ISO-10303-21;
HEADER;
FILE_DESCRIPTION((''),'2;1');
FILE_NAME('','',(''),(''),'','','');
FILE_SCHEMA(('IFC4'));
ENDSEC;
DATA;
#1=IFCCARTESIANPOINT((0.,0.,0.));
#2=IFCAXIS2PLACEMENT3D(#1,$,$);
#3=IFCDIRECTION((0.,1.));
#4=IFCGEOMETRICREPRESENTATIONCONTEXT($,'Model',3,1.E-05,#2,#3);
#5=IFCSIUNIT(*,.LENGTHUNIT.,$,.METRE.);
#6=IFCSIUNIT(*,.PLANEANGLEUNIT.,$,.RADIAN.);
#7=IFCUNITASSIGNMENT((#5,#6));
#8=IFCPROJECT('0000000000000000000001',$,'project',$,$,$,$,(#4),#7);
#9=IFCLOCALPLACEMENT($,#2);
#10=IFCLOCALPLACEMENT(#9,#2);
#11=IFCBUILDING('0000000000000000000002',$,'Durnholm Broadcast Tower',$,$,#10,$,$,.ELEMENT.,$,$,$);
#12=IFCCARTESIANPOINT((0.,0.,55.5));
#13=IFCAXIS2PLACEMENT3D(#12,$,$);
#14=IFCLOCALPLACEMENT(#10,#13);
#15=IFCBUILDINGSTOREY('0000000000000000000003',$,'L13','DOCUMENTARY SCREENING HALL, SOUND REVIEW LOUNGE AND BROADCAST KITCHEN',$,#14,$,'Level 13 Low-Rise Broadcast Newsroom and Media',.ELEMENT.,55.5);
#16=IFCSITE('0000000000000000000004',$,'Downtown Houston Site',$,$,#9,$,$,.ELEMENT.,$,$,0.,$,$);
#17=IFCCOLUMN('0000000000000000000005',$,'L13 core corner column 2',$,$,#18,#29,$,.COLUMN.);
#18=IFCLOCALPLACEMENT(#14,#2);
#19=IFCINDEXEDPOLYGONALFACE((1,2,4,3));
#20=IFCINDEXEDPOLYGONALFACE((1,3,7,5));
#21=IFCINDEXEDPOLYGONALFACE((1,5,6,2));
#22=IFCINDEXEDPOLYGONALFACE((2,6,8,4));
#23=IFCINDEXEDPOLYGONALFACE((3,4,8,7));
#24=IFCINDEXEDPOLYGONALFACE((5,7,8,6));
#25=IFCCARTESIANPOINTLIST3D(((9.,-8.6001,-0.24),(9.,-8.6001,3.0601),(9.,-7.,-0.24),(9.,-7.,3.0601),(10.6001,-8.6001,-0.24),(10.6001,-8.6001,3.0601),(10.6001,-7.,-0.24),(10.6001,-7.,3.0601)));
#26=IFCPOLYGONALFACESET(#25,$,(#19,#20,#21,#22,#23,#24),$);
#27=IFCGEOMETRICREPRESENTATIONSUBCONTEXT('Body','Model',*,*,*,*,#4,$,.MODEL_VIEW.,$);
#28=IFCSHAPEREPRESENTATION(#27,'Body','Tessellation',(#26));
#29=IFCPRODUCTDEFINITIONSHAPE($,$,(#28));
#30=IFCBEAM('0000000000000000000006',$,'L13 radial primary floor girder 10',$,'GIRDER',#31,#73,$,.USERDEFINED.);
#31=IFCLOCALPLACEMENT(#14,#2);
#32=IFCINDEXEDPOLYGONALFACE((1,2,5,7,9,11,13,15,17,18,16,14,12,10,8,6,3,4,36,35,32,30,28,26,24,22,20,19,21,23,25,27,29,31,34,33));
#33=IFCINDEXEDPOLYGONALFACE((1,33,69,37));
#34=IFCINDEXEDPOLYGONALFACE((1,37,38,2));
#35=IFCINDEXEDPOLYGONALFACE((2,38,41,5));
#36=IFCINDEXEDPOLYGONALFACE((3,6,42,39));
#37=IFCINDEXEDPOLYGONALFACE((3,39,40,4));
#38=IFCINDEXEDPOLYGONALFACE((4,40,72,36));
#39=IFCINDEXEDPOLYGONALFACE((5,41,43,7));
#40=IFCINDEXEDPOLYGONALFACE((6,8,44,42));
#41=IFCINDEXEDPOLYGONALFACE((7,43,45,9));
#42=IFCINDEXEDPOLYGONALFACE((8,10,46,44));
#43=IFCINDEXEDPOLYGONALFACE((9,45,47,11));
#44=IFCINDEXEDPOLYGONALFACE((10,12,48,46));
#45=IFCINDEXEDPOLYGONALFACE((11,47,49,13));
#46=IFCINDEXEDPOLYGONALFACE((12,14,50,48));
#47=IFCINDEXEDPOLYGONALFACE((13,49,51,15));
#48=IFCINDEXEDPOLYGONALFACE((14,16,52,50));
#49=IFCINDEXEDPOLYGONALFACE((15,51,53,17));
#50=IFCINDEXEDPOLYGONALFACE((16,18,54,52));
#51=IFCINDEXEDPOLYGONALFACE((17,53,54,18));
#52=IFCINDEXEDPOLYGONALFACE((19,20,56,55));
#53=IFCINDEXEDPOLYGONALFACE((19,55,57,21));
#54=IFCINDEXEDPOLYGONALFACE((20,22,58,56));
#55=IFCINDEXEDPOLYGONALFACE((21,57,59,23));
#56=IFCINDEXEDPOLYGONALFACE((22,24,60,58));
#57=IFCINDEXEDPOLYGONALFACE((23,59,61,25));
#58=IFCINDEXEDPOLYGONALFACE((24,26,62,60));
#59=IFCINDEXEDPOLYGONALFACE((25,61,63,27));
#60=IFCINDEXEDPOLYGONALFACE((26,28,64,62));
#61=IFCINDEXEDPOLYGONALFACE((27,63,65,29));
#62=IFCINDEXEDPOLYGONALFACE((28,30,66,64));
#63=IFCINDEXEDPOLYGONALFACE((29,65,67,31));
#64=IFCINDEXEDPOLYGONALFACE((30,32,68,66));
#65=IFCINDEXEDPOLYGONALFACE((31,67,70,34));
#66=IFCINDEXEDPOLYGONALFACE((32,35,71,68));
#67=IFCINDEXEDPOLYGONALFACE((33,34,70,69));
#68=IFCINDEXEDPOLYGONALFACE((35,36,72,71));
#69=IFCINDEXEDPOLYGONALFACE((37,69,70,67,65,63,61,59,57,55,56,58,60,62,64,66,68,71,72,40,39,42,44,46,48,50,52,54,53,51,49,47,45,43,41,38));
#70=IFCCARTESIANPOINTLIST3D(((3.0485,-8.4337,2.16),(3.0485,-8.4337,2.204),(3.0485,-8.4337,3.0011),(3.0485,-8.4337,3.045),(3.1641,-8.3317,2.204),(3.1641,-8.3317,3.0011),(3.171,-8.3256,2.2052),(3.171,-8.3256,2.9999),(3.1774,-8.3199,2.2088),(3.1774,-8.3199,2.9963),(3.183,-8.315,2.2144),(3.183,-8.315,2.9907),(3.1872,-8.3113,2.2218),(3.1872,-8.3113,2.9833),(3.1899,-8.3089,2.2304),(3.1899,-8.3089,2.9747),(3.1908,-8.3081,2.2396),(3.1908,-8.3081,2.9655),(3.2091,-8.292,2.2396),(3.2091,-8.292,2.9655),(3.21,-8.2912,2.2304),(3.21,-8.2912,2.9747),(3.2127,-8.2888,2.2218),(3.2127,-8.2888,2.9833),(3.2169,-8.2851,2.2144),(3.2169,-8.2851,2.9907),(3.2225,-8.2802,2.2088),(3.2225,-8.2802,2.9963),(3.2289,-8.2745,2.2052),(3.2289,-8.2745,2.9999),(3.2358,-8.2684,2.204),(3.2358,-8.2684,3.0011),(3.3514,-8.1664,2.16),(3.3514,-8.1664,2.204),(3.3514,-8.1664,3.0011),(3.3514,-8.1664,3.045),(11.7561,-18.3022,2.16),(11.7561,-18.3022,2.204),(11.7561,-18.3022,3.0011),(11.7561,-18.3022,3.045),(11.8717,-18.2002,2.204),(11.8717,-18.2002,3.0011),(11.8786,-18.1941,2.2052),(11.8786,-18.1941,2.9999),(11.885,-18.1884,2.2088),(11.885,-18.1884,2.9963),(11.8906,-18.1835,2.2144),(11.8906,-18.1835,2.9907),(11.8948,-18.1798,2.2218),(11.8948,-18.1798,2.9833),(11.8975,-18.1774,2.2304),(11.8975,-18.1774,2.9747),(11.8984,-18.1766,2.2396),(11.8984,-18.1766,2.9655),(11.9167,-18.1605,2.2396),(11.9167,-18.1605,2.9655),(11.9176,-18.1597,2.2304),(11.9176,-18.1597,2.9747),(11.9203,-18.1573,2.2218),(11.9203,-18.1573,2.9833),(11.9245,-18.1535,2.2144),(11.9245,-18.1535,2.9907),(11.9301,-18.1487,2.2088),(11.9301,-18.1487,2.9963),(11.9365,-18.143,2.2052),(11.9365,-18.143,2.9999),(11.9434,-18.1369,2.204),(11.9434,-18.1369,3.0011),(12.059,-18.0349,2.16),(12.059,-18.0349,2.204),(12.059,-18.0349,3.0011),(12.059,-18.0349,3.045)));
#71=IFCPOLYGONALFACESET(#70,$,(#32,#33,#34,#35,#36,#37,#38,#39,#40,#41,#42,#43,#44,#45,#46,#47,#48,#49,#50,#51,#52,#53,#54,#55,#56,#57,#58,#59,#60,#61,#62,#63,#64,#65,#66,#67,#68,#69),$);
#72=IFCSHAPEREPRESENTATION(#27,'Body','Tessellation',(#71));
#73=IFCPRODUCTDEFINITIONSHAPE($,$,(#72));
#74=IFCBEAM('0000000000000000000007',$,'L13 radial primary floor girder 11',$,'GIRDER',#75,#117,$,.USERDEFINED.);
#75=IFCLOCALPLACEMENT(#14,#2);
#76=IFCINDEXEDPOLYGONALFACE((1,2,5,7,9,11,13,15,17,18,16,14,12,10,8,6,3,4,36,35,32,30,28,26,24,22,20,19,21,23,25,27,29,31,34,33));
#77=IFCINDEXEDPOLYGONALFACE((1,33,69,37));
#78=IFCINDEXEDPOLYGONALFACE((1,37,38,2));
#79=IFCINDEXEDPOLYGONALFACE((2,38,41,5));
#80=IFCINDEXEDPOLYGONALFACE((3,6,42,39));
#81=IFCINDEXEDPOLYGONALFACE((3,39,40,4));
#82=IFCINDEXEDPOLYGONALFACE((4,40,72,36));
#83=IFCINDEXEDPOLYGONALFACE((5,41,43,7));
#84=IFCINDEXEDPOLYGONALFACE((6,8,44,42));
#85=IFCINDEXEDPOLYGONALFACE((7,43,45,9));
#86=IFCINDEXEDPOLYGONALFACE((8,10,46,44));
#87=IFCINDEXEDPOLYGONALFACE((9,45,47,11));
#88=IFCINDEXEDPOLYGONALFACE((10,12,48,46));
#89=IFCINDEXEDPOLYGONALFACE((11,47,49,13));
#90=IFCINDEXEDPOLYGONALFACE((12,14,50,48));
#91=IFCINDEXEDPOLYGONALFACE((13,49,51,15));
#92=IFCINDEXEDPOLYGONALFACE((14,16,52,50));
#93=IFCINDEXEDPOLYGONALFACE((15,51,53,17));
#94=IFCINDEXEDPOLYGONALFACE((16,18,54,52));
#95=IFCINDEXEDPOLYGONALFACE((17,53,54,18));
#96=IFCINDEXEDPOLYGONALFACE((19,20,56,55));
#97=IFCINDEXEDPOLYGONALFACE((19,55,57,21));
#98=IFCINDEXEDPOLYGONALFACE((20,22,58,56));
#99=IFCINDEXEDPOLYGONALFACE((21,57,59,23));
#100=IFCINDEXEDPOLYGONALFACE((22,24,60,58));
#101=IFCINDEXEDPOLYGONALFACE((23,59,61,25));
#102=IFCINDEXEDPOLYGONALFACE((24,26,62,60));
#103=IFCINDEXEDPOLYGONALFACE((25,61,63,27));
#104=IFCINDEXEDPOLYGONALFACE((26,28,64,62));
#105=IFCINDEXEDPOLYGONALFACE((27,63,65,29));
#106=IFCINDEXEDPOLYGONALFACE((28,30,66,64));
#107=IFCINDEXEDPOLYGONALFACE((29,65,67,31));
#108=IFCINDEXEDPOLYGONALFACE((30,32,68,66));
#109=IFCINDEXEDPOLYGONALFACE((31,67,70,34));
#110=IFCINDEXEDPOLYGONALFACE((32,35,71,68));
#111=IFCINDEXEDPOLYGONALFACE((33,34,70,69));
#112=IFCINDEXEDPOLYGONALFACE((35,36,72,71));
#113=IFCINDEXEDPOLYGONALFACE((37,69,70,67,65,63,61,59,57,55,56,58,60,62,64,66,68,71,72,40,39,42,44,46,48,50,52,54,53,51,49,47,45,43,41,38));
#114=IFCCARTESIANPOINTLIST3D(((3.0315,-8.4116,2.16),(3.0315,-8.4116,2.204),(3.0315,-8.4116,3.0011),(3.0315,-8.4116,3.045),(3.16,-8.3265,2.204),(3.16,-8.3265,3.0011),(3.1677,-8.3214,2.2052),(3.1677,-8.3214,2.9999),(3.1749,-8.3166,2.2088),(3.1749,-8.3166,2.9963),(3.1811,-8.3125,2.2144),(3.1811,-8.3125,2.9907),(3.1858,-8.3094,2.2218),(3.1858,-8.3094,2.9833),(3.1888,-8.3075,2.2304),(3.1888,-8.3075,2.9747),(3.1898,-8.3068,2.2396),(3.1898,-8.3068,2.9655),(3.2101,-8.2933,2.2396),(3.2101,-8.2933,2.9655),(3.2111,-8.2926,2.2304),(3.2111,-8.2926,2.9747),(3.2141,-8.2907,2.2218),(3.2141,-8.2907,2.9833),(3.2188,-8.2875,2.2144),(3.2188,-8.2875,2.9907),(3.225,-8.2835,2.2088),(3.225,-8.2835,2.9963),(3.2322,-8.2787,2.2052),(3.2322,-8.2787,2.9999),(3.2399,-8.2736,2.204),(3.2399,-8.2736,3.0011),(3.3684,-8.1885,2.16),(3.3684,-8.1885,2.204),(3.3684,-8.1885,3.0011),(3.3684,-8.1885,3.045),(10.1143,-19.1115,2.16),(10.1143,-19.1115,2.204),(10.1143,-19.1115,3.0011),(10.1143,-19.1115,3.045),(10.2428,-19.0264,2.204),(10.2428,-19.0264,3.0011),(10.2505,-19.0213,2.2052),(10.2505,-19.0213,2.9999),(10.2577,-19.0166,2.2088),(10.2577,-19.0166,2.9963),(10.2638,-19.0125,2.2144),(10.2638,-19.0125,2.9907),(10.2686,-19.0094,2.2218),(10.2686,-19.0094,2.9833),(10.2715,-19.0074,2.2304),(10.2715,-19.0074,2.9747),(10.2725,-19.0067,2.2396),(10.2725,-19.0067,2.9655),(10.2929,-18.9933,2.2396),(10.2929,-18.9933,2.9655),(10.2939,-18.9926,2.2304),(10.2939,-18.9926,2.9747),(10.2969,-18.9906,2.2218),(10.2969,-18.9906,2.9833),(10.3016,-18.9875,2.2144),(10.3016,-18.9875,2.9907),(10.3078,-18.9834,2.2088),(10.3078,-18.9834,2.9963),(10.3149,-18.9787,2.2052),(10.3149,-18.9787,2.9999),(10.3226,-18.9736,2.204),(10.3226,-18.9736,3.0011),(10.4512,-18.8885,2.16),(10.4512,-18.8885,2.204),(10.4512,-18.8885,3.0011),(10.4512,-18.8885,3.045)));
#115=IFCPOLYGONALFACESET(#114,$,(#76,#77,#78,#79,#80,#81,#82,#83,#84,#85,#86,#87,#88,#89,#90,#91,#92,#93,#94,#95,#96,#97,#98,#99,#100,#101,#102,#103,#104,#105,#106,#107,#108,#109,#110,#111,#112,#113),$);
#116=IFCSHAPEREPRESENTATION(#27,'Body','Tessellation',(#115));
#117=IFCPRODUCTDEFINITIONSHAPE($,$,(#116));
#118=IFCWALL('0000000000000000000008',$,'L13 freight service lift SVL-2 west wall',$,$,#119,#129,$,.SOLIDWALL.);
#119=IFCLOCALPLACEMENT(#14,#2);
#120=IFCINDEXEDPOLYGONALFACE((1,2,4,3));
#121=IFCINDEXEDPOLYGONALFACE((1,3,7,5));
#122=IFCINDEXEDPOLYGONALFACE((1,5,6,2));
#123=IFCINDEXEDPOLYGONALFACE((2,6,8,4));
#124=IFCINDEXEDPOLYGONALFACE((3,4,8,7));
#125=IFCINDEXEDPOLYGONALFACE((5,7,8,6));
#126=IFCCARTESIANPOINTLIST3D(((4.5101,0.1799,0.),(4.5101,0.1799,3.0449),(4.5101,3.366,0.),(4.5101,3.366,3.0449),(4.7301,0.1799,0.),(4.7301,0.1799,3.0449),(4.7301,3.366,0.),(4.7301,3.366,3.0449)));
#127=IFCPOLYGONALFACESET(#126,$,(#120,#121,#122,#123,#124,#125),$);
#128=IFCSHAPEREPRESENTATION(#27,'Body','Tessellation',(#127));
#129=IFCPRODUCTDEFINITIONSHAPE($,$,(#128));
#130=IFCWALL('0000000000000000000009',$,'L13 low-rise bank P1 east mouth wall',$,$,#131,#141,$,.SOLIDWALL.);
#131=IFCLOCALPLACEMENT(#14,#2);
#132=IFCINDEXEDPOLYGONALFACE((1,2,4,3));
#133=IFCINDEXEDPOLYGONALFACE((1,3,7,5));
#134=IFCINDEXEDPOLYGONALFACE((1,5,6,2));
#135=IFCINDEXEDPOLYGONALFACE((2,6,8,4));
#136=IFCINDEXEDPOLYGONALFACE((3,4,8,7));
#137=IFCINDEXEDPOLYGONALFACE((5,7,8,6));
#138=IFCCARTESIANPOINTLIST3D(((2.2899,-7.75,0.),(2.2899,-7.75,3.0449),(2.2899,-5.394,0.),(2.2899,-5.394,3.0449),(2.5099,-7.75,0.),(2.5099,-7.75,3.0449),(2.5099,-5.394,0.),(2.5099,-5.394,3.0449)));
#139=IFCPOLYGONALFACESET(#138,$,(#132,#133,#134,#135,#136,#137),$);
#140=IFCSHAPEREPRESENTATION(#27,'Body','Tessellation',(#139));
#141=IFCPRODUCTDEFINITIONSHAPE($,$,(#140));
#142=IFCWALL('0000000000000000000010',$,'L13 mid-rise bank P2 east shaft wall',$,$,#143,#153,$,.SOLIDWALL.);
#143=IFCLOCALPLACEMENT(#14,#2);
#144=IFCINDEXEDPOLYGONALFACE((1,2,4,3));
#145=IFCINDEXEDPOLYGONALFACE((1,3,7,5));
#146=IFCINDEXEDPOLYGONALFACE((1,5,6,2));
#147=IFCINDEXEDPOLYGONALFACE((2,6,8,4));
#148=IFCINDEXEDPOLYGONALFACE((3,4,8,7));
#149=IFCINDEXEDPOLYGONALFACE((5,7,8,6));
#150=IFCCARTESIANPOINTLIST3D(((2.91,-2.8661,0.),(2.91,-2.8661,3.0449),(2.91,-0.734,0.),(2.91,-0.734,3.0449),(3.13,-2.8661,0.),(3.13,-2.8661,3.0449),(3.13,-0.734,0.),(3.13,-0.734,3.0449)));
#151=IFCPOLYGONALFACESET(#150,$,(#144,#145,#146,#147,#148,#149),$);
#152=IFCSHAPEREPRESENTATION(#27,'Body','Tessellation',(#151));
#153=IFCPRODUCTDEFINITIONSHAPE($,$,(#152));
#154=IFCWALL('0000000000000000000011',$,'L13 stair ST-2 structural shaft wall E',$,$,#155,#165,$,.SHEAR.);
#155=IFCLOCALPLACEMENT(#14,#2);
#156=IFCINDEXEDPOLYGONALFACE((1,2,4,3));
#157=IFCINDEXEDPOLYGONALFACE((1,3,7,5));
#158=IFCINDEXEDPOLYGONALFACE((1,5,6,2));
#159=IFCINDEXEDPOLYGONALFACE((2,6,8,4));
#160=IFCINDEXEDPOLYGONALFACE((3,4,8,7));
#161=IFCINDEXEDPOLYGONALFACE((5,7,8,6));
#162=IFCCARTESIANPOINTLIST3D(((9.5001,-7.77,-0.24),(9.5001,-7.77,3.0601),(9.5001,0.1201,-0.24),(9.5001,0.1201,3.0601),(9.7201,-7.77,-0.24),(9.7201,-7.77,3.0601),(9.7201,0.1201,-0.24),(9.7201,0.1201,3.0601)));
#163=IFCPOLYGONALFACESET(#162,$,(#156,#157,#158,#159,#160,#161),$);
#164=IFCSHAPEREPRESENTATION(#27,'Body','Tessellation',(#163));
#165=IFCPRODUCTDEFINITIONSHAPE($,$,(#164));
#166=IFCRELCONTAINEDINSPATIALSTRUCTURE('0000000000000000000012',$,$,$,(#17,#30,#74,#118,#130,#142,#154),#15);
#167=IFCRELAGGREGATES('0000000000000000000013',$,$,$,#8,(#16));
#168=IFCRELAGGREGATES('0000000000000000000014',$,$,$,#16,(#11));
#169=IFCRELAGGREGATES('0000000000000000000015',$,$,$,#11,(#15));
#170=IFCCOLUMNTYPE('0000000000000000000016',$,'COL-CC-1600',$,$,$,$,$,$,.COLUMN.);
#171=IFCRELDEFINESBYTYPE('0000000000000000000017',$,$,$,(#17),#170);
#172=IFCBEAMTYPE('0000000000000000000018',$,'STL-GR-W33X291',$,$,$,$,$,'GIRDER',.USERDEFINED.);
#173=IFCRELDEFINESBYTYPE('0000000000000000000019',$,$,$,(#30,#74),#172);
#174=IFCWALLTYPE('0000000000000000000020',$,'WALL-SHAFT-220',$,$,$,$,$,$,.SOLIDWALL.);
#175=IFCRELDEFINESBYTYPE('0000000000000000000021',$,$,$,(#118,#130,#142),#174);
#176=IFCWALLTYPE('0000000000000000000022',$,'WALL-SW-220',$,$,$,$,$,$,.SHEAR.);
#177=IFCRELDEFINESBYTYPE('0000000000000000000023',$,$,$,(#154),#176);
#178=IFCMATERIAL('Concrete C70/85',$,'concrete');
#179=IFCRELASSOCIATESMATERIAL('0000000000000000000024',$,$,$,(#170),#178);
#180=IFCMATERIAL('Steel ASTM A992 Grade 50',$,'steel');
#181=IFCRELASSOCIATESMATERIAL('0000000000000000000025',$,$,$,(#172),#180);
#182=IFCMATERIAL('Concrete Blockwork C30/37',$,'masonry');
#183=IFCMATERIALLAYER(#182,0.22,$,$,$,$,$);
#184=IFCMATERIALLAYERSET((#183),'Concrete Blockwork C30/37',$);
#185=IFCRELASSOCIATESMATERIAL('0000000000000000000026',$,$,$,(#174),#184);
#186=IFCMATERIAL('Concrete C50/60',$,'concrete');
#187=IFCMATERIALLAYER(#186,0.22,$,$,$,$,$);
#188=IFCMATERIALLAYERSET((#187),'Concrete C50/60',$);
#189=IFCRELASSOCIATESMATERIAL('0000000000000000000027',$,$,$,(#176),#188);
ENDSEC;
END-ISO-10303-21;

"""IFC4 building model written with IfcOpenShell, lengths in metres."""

from ifc_helpers import new_model, si_unit, direction, frame, frame_2d, origin, origin_2d, place, context, subcontext, project, spatial, rectangle, i_section, extrude, source, transform, mapped, material, layer, layer_set, material_profile, profile_set, type_object, type_shapes, element, save


model = new_model("IFC4")

# Units and contexts
model_context = context("Model", 3, precision=1e-05, world=origin(), true_north=direction((0.0, 1.0)))
body_context = subcontext(model_context, "Body", "Model", "MODEL_VIEW")
ifc_project = project(units=[si_unit("LENGTHUNIT", "METRE"), si_unit("PLANEANGLEUNIT", "RADIAN")], contexts=[model_context])

# Site, building, storey
site_placement = place(None, origin())
site = spatial("IfcSite", under=ifc_project, at=site_placement, Name="Downtown Houston Site", CompositionType="ELEMENT", RefElevation=0.0)
building_placement = place(site_placement, origin())
building = spatial("IfcBuilding", under=site, at=building_placement, Name="Durnholm Broadcast Tower", CompositionType="ELEMENT")
storey_placement = place(building_placement, frame((0.0, 0.0, 55.5)))
storey = spatial("IfcBuildingStorey", under=building, at=storey_placement, Name="L13", Description="DOCUMENTARY SCREENING HALL, SOUND REVIEW LOUNGE AND BROADCAST KITCHEN", LongName="Level 13 Low-Rise Broadcast Newsroom and Media", CompositionType="ELEMENT", Elevation=55.5)

# Column
ifc_material_1 = material(Name="Concrete C70/85", Category="concrete")
ifc_material_profile_1 = material_profile(ifc_material_1, rectangle(XDim=1.6001, YDim=1.6001, at=origin_2d()), Name="RC1600X1600")
ifc_profile_set_1 = profile_set([ifc_material_profile_1], Name="Concrete C70/85")
column_type = type_object("IfcColumnType", Name="COL-CC-1600", PredefinedType="COLUMN", material=ifc_profile_set_1)
shared_shape_1 = source(origin(), body_context, "Body", "SweptSolid", [
    extrude(rectangle(XDim=1.6001, YDim=1.6001, at=origin_2d()), origin(), (0.0, 0.0, 1.0), 3.3),
])
type_shapes(column_type, [shared_shape_1])
column_placement = place(storey_placement, frame((9.8, -7.8, -0.24), z_axis=(0.0, 0.0, 1.0), x_axis=(1.0, 0.0, 0.0)))
element("IfcColumn", 1, at=column_placement, inside=storey, type_object=column_type, Name="L13 core corner column 2", PredefinedType="COLUMN", context=body_context, shape_type="MappedRepresentation", body=[
    mapped(shared_shape_1, transform((0.0, 0.0, 0.0), x_axis=(1.0, 0.0, 0.0), y_axis=(0.0, 1.0, 0.0), z_axis=(0.0, 0.0, 1.0), scale=1.0)),
])

# Beams
ifc_material_2 = material(Name="Steel ASTM A992 Grade 50", Category="steel")
ifc_material_profile_2 = material_profile(ifc_material_2, i_section(OverallWidth=0.4041, OverallDepth=0.885, WebThickness=0.0244, FlangeThickness=0.0439, FilletRadius=0.0356, at=origin_2d()), Name="W33X291")
ifc_profile_set_2 = profile_set([ifc_material_profile_2], Name="Steel ASTM A992 Grade 50")
beam_type = type_object("IfcBeamType", Name="STL-GR-W33X291", ElementType="GIRDER", PredefinedType="USERDEFINED", material=ifc_profile_set_2)
shared_shape_2 = source(origin(), body_context, "Body", "SweptSolid", [
    extrude(i_section(OverallWidth=0.4041, OverallDepth=0.885, WebThickness=0.0244, FlangeThickness=0.0439, FilletRadius=0.0356, at=origin_2d()), origin(), (0.0, 0.0, 1.0), 13.1609),
])
beam_1_placement = place(storey_placement, frame((3.2, -8.3, 2.6025), z_axis=(0.661626, -0.749834, 0.0), x_axis=(0.749834, 0.661626, 0.0)))
element("IfcBeam", 2, at=beam_1_placement, inside=storey, type_object=beam_type, Name="L13 radial primary floor girder 10", ObjectType="GIRDER", PredefinedType="USERDEFINED", context=body_context, shape_type="MappedRepresentation", body=[
    mapped(shared_shape_2, transform((0.0, 0.0, 0.0), x_axis=(1.0, 0.0, 0.0), y_axis=(0.0, 1.0, 0.0), z_axis=(0.0, 0.0, 1.0), scale=1.0)),
])
shared_shape_3 = source(origin(), body_context, "Body", "SweptSolid", [
    extrude(i_section(OverallWidth=0.4041, OverallDepth=0.885, WebThickness=0.0244, FlangeThickness=0.0439, FilletRadius=0.0356, at=origin_2d()), origin(), (0.0, 0.0, 1.0), 12.8318),
])
type_shapes(beam_type, [shared_shape_2, shared_shape_3])
beam_2_placement = place(storey_placement, frame((3.2, -8.3, 2.6025), z_axis=(0.551971, -0.833864, 0.0), x_axis=(0.833864, 0.551971, 0.0)))
element("IfcBeam", 3, at=beam_2_placement, inside=storey, type_object=beam_type, Name="L13 radial primary floor girder 11", ObjectType="GIRDER", PredefinedType="USERDEFINED", context=body_context, shape_type="MappedRepresentation", body=[
    mapped(shared_shape_3, transform((0.0, 0.0, 0.0), x_axis=(1.0, 0.0, 0.0), y_axis=(0.0, 1.0, 0.0), z_axis=(0.0, 0.0, 1.0), scale=1.0)),
])

# Wall
ifc_material_3 = material(Name="Concrete Blockwork C30/37", Category="masonry")
ifc_layer_1 = layer(ifc_material_3, 0.22)
ifc_layer_set_1 = layer_set([ifc_layer_1], Name="Concrete Blockwork C30/37")
wall_type_1 = type_object("IfcWallType", Name="WALL-SHAFT-220", PredefinedType="SOLIDWALL", material=ifc_layer_set_1)
wall_1_placement = place(storey_placement, frame((4.6201, 0.1799, 0.0), z_axis=(0.0, 0.0, 1.0), x_axis=(0.0, 1.0, 0.0)))
element("IfcWall", 4, at=wall_1_placement, inside=storey, type_object=wall_type_1, Name="L13 freight service lift SVL-2 west wall", PredefinedType="SOLIDWALL", context=body_context, shape_type="SweptSolid", body=[
    extrude(rectangle(XDim=3.186, YDim=0.22, at=frame_2d((1.593, 0.0))), origin(), (0.0, 0.0, 1.0), 3.0449),
])

# Walls
wall_2_placement = place(storey_placement, frame((2.3999, -7.75, 0.0), z_axis=(0.0, 0.0, 1.0), x_axis=(0.0, 1.0, 0.0)))
element("IfcWall", 5, at=wall_2_placement, inside=storey, type_object=wall_type_1, Name="L13 low-rise bank P1 east mouth wall", PredefinedType="SOLIDWALL", context=body_context, shape_type="SweptSolid", body=[
    extrude(rectangle(XDim=2.356, YDim=0.22, at=frame_2d((1.178, 0.0))), origin(), (0.0, 0.0, 1.0), 3.0449),
])
wall_3_placement = place(storey_placement, frame((3.02, -2.866, 0.0), z_axis=(0.0, 0.0, 1.0), x_axis=(0.0, 1.0, 0.0)))
element("IfcWall", 6, at=wall_3_placement, inside=storey, type_object=wall_type_1, Name="L13 mid-rise bank P2 east shaft wall", PredefinedType="SOLIDWALL", context=body_context, shape_type="SweptSolid", body=[
    extrude(rectangle(XDim=2.1321, YDim=0.22, at=frame_2d((1.0659, 0.0))), origin(), (0.0, 0.0, 1.0), 3.0449),
])
ifc_material_4 = material(Name="Concrete C50/60", Category="concrete")
ifc_layer_2 = layer(ifc_material_4, 0.22)
ifc_layer_set_2 = layer_set([ifc_layer_2], Name="Concrete C50/60")
wall_type_2 = type_object("IfcWallType", Name="WALL-SW-220", PredefinedType="SHEAR", material=ifc_layer_set_2)
wall_4_placement = place(storey_placement, frame((9.6101, -7.77, -0.24), z_axis=(0.0, 0.0, 1.0), x_axis=(0.0, 1.0, 0.0)))
element("IfcWall", 7, at=wall_4_placement, inside=storey, type_object=wall_type_2, Name="L13 stair ST-2 structural shaft wall E", PredefinedType="SHEAR", context=body_context, shape_type="SweptSolid", body=[
    extrude(rectangle(XDim=7.8901, YDim=0.22, at=frame_2d((3.9451, 0.0))), origin(), (0.0, 0.0, 1.0), 3.3),
])

save(model, "model.ifc")
